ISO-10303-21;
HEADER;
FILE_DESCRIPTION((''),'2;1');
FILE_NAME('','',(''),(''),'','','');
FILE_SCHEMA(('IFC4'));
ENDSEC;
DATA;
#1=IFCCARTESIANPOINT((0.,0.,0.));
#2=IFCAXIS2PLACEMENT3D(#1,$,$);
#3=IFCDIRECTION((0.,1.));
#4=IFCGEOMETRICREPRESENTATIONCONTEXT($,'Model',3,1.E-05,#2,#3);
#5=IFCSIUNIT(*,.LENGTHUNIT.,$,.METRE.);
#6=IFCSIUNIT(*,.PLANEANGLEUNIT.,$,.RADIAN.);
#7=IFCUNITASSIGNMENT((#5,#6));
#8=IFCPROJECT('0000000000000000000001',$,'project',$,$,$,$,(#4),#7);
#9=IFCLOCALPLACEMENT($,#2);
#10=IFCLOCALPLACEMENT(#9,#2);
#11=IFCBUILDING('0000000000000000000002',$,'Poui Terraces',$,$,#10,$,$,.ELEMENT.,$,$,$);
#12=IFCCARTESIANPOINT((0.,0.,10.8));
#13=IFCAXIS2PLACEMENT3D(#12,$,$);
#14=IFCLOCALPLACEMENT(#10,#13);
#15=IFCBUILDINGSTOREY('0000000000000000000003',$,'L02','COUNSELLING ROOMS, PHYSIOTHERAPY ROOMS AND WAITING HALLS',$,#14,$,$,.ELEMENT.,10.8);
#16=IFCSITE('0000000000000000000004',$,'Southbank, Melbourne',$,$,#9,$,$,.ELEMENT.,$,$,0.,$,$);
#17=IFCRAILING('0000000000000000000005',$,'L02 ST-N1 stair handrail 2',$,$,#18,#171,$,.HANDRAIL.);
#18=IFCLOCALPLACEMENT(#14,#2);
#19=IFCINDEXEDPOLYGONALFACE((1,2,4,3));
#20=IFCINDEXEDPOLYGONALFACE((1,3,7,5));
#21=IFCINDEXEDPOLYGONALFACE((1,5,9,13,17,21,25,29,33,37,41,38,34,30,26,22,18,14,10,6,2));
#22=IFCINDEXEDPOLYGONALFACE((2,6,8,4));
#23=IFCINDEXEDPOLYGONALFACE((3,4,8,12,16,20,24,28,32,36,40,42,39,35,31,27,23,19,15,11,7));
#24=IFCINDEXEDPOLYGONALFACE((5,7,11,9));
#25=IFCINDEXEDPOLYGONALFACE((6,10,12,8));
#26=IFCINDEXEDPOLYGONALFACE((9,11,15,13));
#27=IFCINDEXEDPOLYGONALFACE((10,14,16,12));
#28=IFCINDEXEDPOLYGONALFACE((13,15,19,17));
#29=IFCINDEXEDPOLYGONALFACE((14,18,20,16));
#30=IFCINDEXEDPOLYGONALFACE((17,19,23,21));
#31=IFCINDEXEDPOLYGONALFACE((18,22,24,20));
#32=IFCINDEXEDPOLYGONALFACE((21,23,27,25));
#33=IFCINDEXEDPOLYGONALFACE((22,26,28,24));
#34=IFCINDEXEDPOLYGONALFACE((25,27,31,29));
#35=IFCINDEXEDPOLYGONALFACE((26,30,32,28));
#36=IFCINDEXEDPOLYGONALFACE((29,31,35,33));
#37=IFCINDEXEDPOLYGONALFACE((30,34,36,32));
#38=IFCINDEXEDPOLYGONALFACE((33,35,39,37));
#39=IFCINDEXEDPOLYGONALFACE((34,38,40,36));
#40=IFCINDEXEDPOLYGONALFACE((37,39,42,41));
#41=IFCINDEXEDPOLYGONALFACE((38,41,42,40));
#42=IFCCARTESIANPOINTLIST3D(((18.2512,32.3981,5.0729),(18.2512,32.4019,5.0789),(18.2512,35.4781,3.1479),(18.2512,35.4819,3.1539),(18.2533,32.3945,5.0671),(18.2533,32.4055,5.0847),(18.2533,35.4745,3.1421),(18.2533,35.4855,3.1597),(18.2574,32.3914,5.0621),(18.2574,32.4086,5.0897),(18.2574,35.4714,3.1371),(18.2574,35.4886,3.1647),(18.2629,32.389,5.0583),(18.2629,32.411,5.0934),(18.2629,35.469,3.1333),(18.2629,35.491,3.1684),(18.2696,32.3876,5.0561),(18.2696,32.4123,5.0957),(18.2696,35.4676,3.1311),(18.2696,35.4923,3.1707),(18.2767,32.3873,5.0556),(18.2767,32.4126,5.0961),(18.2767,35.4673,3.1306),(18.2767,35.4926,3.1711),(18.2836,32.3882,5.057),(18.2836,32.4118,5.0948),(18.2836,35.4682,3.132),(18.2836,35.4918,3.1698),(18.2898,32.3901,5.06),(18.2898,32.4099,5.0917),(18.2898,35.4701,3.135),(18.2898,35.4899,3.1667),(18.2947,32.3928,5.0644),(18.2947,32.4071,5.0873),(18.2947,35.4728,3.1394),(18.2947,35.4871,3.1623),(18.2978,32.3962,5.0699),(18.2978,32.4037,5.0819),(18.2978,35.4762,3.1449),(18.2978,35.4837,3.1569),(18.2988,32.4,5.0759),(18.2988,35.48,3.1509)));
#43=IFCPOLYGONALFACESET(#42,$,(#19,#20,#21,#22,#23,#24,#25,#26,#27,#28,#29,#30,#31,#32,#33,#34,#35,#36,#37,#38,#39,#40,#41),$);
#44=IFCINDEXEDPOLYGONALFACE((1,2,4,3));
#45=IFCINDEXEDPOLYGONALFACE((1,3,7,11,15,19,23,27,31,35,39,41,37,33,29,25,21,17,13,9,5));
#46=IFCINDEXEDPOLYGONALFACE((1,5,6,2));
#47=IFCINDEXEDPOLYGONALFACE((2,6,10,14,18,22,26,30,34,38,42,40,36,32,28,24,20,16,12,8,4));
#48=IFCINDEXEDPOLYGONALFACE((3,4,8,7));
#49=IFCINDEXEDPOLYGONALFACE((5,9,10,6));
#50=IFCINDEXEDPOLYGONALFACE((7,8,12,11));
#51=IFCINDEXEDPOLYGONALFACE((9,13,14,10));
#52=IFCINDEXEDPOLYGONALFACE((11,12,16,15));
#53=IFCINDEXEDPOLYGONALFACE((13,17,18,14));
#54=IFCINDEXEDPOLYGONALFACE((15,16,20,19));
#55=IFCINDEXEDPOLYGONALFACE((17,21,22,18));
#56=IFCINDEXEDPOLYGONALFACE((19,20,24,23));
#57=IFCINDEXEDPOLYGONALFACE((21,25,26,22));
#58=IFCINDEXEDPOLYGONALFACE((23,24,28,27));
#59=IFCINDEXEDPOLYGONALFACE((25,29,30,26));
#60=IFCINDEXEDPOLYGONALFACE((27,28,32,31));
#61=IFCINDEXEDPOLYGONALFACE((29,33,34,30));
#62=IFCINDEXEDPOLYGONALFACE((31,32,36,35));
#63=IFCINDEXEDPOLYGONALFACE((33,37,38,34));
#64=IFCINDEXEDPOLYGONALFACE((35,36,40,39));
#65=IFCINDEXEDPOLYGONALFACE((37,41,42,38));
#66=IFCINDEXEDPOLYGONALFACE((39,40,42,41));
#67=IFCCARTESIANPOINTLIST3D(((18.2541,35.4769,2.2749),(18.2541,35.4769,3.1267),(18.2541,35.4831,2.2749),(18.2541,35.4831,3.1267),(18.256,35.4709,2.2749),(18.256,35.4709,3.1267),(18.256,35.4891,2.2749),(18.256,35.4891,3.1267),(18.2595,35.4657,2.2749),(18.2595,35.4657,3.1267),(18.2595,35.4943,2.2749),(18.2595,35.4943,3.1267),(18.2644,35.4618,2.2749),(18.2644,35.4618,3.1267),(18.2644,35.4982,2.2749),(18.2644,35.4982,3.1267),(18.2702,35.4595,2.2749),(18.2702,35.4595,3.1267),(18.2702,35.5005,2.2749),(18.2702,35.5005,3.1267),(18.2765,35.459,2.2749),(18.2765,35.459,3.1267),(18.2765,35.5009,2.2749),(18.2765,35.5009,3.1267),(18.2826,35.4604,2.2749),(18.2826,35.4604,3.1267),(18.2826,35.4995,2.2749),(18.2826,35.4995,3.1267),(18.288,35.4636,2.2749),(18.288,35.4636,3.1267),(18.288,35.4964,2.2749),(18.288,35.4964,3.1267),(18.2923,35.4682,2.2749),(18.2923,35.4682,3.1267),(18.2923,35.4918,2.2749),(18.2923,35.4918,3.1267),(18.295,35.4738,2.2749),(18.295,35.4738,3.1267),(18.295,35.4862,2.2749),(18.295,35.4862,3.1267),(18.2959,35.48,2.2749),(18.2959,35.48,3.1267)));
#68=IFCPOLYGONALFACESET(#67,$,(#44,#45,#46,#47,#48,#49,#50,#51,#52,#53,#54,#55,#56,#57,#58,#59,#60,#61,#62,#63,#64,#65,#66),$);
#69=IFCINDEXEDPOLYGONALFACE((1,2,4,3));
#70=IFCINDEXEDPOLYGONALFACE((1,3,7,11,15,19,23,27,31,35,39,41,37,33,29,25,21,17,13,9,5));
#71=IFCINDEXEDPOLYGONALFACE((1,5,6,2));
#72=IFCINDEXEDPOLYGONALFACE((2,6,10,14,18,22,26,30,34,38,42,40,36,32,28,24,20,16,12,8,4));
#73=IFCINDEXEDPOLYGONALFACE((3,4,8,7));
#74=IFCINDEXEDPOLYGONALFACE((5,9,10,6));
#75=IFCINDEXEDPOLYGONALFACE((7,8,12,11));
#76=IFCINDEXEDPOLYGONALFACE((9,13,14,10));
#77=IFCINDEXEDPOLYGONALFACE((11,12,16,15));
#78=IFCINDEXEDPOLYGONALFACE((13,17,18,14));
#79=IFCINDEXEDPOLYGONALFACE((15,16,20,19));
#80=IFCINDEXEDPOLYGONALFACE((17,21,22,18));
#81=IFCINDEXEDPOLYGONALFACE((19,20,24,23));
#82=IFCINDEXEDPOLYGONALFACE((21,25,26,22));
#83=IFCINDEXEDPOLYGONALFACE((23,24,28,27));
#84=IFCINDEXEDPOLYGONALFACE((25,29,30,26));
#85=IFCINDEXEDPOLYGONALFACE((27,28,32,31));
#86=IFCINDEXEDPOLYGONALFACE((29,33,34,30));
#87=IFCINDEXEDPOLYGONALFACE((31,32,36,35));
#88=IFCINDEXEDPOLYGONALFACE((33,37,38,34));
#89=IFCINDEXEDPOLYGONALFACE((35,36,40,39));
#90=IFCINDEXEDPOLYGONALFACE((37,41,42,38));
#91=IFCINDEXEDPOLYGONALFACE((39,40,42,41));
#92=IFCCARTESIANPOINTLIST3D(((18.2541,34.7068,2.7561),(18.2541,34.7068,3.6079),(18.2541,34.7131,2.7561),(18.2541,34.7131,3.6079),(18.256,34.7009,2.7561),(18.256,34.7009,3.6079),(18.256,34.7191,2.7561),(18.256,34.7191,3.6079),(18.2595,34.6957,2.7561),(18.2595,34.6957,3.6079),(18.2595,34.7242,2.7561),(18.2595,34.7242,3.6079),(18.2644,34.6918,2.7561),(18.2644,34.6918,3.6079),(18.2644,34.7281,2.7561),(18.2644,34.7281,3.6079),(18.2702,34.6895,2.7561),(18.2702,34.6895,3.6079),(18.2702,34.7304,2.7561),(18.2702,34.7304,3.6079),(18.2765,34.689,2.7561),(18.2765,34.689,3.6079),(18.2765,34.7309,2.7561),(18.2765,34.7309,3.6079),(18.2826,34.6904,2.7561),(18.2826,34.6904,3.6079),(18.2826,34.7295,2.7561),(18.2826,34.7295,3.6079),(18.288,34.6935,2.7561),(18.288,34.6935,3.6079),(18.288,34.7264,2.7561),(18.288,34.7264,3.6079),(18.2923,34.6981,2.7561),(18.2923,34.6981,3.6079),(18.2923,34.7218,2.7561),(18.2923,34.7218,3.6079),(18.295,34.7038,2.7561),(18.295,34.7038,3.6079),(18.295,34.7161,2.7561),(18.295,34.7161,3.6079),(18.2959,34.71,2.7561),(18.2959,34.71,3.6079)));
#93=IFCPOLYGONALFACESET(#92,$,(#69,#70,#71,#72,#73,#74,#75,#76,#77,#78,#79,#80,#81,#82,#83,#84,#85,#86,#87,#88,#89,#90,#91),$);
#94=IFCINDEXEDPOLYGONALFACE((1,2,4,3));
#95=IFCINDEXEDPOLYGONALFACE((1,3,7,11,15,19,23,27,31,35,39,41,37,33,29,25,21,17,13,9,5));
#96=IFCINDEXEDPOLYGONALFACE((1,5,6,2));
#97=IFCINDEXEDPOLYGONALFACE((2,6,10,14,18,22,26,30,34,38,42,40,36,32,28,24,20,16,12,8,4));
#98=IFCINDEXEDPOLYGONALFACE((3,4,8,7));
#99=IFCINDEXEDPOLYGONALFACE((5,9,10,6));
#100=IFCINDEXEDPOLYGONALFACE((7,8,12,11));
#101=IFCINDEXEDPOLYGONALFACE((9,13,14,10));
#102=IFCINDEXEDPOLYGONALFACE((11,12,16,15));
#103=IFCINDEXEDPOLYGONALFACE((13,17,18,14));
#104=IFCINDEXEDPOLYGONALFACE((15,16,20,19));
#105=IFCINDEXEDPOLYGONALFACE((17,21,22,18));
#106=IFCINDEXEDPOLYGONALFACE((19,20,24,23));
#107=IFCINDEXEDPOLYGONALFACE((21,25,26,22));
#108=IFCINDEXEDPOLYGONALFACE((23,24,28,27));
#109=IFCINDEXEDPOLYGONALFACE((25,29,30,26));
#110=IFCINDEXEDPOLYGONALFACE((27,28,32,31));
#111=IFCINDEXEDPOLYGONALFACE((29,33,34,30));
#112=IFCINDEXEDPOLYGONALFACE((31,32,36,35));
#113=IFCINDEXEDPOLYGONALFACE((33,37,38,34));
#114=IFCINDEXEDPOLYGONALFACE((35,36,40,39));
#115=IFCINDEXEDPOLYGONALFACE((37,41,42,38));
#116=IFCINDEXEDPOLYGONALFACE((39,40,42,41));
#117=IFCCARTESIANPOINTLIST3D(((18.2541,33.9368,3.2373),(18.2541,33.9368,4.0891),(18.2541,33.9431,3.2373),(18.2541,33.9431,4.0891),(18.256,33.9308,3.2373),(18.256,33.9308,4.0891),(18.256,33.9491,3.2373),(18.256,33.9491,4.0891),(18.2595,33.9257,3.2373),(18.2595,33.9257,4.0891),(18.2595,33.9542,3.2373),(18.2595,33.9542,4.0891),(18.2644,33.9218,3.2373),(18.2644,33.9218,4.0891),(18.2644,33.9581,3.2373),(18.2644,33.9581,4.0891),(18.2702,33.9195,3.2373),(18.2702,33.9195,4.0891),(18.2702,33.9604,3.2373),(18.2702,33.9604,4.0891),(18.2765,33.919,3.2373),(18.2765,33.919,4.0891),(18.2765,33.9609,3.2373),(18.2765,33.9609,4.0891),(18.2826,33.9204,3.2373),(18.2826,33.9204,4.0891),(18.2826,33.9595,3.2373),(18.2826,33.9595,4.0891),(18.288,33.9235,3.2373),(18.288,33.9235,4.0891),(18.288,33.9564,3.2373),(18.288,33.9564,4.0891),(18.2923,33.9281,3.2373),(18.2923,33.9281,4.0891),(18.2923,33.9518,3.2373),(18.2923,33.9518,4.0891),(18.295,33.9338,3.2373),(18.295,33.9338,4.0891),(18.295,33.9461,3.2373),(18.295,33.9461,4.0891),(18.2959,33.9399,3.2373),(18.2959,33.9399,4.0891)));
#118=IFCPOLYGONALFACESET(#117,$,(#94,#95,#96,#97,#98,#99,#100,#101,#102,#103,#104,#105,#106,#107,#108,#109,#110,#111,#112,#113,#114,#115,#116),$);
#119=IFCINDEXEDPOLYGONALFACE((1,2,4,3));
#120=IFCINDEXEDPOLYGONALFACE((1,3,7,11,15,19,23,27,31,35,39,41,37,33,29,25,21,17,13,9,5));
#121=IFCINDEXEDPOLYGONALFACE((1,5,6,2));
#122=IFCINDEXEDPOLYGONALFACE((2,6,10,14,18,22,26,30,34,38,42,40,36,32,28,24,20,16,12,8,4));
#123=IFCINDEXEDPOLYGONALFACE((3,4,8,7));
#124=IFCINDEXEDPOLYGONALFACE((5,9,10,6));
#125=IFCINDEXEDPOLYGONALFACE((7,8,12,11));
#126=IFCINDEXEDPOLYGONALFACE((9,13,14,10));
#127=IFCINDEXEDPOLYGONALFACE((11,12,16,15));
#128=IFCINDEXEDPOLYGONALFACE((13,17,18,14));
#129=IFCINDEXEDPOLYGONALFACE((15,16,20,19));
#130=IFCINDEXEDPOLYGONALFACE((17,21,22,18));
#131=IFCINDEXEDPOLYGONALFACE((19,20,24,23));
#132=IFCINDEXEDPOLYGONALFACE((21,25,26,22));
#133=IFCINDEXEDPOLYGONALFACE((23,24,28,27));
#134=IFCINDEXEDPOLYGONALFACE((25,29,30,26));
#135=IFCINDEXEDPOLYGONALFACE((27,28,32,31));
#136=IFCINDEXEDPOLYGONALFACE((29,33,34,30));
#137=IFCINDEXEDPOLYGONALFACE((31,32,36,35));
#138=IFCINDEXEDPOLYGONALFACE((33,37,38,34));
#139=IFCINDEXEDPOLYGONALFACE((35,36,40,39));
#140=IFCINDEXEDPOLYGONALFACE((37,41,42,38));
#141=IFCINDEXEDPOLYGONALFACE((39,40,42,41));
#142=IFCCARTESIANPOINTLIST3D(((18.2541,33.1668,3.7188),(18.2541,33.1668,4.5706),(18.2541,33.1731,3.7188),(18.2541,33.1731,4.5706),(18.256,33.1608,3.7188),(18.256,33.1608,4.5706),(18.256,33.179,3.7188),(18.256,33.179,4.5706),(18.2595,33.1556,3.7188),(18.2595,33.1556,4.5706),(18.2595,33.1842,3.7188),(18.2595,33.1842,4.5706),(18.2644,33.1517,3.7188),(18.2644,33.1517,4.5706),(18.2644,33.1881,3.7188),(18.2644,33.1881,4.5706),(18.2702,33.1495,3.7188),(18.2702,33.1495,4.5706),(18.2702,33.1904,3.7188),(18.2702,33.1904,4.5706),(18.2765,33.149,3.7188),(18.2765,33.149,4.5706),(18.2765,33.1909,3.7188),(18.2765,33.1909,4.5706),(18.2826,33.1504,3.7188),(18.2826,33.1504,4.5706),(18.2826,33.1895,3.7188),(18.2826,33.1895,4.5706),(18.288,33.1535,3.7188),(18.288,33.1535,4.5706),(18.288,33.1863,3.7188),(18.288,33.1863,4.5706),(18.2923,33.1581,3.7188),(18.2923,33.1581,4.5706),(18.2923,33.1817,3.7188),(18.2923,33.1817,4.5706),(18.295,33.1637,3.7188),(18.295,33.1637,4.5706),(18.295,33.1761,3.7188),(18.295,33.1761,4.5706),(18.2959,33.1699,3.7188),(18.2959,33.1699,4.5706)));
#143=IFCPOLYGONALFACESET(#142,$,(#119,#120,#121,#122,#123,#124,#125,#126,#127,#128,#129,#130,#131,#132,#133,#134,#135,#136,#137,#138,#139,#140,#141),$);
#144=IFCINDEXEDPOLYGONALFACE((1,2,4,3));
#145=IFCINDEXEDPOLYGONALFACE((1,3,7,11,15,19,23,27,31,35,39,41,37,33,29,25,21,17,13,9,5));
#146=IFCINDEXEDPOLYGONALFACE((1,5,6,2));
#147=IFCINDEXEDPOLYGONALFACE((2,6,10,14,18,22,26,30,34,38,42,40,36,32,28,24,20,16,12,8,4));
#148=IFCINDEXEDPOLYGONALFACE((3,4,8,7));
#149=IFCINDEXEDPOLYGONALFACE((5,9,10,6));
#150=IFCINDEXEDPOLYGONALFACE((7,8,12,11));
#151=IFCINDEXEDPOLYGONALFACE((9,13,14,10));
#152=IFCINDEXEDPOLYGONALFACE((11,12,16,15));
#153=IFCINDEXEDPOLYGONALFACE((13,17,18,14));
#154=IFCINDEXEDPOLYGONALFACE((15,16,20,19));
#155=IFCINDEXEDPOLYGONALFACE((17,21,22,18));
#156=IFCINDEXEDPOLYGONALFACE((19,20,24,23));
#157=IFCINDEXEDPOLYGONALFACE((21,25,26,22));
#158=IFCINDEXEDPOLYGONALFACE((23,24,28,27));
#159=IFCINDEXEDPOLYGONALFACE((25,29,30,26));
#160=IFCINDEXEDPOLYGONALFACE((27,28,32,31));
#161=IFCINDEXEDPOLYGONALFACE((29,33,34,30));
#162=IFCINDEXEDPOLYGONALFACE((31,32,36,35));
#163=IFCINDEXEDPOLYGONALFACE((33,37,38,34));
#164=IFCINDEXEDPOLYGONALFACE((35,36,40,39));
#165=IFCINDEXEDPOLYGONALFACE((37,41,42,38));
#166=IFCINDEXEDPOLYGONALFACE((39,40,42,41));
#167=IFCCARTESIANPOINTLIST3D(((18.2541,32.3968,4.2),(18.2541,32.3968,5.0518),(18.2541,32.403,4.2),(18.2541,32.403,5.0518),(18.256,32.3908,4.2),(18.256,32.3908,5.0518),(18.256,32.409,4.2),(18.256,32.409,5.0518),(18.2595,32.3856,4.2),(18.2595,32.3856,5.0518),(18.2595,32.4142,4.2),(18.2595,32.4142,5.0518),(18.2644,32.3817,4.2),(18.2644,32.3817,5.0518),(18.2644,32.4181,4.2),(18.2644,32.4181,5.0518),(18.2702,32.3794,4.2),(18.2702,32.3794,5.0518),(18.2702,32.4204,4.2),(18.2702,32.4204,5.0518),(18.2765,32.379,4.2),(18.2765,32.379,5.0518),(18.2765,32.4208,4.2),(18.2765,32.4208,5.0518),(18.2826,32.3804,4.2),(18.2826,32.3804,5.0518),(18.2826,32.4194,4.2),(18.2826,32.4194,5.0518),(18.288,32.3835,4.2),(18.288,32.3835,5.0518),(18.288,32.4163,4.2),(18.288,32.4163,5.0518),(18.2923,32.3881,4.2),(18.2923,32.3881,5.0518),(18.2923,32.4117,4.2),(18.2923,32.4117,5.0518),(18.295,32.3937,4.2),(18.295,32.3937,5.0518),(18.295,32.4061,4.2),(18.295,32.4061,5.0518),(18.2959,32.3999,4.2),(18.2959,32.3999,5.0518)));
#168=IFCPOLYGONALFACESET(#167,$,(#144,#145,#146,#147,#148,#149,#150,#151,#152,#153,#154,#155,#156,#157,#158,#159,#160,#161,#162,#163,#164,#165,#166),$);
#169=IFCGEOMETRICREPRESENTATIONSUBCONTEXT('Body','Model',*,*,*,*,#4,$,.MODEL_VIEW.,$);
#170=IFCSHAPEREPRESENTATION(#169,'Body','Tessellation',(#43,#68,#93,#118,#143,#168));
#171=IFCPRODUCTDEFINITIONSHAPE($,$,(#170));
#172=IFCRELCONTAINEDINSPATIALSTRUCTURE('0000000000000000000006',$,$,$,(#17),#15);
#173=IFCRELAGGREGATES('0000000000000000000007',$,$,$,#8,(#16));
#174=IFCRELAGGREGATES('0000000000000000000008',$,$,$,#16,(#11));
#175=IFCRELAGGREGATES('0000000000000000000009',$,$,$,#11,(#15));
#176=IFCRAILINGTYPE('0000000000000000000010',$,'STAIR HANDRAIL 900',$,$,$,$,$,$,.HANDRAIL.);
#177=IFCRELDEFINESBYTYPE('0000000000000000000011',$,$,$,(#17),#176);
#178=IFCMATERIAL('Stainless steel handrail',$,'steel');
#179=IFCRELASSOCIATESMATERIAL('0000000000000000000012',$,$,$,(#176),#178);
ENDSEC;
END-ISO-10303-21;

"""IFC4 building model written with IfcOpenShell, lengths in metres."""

from ifc_helpers import new_model, si_unit, direction, frame, origin, origin_2d, place, context, subcontext, project, spatial, circle, extrude, material, type_object, element, save


model = new_model("IFC4")

# Units and contexts
model_context = context("Model", 3, precision=1e-05, world=origin(), true_north=direction((0.0, 1.0)))
body_context = subcontext(model_context, "Body", "Model", "MODEL_VIEW")
ifc_project = project(units=[si_unit("LENGTHUNIT", "METRE"), si_unit("PLANEANGLEUNIT", "RADIAN")], contexts=[model_context])

# Site, building, storey
site_placement = place(None, origin())
site = spatial("IfcSite", under=ifc_project, at=site_placement, Name="Southbank, Melbourne", CompositionType="ELEMENT", RefElevation=0.0)
building_placement = place(site_placement, origin())
building = spatial("IfcBuilding", under=site, at=building_placement, Name="Poui Terraces", CompositionType="ELEMENT")
storey_placement = place(building_placement, frame((0.0, 0.0, 10.8)))
storey = spatial("IfcBuildingStorey", under=building, at=storey_placement, Name="L02", Description="COUNSELLING ROOMS, PHYSIOTHERAPY ROOMS AND WAITING HALLS", CompositionType="ELEMENT", Elevation=10.8)

# Railing
ifc_material_1 = material(Name="Stainless steel handrail", Category="steel")
railing_type_1 = type_object("IfcRailingType", Name="STAIR HANDRAIL 900", PredefinedType="HANDRAIL", material=ifc_material_1)
railing_1_placement = place(storey_placement, frame((18.2749, 35.48, 2.2749)))
element("IfcRailing", 1, at=railing_1_placement, inside=storey, type_object=railing_type_1, Name="L02 ST-N1 stair handrail 2", PredefinedType="HANDRAIL", context=body_context, shape_type="SweptSolid", body=[
    extrude(circle(Radius=0.0239, at=origin_2d()), frame((0.0, 0.0, 0.876), z_axis=(0.0, -0.847998, 0.529999), x_axis=(1.0, 0.0, 0.0)), (0.0, 0.0, 1.0), 3.6321),
    extrude(circle(Radius=0.021, at=origin_2d()), origin(), (0.0, 0.0, 1.0), 0.8518),
    extrude(circle(Radius=0.021, at=origin_2d()), frame((0.0, -0.77, 0.4812)), (0.0, 0.0, 1.0), 0.8518),
    extrude(circle(Radius=0.021, at=origin_2d()), frame((0.0, -1.54, 0.9624)), (0.0, 0.0, 1.0), 0.8518),
    extrude(circle(Radius=0.021, at=origin_2d()), frame((0.0, -2.3101, 1.4438)), (0.0, 0.0, 1.0), 0.8518),
    extrude(circle(Radius=0.021, at=origin_2d()), frame((0.0, -3.0801, 1.925)), (0.0, 0.0, 1.0), 0.8518),
])

save(model, "model.ifc")
